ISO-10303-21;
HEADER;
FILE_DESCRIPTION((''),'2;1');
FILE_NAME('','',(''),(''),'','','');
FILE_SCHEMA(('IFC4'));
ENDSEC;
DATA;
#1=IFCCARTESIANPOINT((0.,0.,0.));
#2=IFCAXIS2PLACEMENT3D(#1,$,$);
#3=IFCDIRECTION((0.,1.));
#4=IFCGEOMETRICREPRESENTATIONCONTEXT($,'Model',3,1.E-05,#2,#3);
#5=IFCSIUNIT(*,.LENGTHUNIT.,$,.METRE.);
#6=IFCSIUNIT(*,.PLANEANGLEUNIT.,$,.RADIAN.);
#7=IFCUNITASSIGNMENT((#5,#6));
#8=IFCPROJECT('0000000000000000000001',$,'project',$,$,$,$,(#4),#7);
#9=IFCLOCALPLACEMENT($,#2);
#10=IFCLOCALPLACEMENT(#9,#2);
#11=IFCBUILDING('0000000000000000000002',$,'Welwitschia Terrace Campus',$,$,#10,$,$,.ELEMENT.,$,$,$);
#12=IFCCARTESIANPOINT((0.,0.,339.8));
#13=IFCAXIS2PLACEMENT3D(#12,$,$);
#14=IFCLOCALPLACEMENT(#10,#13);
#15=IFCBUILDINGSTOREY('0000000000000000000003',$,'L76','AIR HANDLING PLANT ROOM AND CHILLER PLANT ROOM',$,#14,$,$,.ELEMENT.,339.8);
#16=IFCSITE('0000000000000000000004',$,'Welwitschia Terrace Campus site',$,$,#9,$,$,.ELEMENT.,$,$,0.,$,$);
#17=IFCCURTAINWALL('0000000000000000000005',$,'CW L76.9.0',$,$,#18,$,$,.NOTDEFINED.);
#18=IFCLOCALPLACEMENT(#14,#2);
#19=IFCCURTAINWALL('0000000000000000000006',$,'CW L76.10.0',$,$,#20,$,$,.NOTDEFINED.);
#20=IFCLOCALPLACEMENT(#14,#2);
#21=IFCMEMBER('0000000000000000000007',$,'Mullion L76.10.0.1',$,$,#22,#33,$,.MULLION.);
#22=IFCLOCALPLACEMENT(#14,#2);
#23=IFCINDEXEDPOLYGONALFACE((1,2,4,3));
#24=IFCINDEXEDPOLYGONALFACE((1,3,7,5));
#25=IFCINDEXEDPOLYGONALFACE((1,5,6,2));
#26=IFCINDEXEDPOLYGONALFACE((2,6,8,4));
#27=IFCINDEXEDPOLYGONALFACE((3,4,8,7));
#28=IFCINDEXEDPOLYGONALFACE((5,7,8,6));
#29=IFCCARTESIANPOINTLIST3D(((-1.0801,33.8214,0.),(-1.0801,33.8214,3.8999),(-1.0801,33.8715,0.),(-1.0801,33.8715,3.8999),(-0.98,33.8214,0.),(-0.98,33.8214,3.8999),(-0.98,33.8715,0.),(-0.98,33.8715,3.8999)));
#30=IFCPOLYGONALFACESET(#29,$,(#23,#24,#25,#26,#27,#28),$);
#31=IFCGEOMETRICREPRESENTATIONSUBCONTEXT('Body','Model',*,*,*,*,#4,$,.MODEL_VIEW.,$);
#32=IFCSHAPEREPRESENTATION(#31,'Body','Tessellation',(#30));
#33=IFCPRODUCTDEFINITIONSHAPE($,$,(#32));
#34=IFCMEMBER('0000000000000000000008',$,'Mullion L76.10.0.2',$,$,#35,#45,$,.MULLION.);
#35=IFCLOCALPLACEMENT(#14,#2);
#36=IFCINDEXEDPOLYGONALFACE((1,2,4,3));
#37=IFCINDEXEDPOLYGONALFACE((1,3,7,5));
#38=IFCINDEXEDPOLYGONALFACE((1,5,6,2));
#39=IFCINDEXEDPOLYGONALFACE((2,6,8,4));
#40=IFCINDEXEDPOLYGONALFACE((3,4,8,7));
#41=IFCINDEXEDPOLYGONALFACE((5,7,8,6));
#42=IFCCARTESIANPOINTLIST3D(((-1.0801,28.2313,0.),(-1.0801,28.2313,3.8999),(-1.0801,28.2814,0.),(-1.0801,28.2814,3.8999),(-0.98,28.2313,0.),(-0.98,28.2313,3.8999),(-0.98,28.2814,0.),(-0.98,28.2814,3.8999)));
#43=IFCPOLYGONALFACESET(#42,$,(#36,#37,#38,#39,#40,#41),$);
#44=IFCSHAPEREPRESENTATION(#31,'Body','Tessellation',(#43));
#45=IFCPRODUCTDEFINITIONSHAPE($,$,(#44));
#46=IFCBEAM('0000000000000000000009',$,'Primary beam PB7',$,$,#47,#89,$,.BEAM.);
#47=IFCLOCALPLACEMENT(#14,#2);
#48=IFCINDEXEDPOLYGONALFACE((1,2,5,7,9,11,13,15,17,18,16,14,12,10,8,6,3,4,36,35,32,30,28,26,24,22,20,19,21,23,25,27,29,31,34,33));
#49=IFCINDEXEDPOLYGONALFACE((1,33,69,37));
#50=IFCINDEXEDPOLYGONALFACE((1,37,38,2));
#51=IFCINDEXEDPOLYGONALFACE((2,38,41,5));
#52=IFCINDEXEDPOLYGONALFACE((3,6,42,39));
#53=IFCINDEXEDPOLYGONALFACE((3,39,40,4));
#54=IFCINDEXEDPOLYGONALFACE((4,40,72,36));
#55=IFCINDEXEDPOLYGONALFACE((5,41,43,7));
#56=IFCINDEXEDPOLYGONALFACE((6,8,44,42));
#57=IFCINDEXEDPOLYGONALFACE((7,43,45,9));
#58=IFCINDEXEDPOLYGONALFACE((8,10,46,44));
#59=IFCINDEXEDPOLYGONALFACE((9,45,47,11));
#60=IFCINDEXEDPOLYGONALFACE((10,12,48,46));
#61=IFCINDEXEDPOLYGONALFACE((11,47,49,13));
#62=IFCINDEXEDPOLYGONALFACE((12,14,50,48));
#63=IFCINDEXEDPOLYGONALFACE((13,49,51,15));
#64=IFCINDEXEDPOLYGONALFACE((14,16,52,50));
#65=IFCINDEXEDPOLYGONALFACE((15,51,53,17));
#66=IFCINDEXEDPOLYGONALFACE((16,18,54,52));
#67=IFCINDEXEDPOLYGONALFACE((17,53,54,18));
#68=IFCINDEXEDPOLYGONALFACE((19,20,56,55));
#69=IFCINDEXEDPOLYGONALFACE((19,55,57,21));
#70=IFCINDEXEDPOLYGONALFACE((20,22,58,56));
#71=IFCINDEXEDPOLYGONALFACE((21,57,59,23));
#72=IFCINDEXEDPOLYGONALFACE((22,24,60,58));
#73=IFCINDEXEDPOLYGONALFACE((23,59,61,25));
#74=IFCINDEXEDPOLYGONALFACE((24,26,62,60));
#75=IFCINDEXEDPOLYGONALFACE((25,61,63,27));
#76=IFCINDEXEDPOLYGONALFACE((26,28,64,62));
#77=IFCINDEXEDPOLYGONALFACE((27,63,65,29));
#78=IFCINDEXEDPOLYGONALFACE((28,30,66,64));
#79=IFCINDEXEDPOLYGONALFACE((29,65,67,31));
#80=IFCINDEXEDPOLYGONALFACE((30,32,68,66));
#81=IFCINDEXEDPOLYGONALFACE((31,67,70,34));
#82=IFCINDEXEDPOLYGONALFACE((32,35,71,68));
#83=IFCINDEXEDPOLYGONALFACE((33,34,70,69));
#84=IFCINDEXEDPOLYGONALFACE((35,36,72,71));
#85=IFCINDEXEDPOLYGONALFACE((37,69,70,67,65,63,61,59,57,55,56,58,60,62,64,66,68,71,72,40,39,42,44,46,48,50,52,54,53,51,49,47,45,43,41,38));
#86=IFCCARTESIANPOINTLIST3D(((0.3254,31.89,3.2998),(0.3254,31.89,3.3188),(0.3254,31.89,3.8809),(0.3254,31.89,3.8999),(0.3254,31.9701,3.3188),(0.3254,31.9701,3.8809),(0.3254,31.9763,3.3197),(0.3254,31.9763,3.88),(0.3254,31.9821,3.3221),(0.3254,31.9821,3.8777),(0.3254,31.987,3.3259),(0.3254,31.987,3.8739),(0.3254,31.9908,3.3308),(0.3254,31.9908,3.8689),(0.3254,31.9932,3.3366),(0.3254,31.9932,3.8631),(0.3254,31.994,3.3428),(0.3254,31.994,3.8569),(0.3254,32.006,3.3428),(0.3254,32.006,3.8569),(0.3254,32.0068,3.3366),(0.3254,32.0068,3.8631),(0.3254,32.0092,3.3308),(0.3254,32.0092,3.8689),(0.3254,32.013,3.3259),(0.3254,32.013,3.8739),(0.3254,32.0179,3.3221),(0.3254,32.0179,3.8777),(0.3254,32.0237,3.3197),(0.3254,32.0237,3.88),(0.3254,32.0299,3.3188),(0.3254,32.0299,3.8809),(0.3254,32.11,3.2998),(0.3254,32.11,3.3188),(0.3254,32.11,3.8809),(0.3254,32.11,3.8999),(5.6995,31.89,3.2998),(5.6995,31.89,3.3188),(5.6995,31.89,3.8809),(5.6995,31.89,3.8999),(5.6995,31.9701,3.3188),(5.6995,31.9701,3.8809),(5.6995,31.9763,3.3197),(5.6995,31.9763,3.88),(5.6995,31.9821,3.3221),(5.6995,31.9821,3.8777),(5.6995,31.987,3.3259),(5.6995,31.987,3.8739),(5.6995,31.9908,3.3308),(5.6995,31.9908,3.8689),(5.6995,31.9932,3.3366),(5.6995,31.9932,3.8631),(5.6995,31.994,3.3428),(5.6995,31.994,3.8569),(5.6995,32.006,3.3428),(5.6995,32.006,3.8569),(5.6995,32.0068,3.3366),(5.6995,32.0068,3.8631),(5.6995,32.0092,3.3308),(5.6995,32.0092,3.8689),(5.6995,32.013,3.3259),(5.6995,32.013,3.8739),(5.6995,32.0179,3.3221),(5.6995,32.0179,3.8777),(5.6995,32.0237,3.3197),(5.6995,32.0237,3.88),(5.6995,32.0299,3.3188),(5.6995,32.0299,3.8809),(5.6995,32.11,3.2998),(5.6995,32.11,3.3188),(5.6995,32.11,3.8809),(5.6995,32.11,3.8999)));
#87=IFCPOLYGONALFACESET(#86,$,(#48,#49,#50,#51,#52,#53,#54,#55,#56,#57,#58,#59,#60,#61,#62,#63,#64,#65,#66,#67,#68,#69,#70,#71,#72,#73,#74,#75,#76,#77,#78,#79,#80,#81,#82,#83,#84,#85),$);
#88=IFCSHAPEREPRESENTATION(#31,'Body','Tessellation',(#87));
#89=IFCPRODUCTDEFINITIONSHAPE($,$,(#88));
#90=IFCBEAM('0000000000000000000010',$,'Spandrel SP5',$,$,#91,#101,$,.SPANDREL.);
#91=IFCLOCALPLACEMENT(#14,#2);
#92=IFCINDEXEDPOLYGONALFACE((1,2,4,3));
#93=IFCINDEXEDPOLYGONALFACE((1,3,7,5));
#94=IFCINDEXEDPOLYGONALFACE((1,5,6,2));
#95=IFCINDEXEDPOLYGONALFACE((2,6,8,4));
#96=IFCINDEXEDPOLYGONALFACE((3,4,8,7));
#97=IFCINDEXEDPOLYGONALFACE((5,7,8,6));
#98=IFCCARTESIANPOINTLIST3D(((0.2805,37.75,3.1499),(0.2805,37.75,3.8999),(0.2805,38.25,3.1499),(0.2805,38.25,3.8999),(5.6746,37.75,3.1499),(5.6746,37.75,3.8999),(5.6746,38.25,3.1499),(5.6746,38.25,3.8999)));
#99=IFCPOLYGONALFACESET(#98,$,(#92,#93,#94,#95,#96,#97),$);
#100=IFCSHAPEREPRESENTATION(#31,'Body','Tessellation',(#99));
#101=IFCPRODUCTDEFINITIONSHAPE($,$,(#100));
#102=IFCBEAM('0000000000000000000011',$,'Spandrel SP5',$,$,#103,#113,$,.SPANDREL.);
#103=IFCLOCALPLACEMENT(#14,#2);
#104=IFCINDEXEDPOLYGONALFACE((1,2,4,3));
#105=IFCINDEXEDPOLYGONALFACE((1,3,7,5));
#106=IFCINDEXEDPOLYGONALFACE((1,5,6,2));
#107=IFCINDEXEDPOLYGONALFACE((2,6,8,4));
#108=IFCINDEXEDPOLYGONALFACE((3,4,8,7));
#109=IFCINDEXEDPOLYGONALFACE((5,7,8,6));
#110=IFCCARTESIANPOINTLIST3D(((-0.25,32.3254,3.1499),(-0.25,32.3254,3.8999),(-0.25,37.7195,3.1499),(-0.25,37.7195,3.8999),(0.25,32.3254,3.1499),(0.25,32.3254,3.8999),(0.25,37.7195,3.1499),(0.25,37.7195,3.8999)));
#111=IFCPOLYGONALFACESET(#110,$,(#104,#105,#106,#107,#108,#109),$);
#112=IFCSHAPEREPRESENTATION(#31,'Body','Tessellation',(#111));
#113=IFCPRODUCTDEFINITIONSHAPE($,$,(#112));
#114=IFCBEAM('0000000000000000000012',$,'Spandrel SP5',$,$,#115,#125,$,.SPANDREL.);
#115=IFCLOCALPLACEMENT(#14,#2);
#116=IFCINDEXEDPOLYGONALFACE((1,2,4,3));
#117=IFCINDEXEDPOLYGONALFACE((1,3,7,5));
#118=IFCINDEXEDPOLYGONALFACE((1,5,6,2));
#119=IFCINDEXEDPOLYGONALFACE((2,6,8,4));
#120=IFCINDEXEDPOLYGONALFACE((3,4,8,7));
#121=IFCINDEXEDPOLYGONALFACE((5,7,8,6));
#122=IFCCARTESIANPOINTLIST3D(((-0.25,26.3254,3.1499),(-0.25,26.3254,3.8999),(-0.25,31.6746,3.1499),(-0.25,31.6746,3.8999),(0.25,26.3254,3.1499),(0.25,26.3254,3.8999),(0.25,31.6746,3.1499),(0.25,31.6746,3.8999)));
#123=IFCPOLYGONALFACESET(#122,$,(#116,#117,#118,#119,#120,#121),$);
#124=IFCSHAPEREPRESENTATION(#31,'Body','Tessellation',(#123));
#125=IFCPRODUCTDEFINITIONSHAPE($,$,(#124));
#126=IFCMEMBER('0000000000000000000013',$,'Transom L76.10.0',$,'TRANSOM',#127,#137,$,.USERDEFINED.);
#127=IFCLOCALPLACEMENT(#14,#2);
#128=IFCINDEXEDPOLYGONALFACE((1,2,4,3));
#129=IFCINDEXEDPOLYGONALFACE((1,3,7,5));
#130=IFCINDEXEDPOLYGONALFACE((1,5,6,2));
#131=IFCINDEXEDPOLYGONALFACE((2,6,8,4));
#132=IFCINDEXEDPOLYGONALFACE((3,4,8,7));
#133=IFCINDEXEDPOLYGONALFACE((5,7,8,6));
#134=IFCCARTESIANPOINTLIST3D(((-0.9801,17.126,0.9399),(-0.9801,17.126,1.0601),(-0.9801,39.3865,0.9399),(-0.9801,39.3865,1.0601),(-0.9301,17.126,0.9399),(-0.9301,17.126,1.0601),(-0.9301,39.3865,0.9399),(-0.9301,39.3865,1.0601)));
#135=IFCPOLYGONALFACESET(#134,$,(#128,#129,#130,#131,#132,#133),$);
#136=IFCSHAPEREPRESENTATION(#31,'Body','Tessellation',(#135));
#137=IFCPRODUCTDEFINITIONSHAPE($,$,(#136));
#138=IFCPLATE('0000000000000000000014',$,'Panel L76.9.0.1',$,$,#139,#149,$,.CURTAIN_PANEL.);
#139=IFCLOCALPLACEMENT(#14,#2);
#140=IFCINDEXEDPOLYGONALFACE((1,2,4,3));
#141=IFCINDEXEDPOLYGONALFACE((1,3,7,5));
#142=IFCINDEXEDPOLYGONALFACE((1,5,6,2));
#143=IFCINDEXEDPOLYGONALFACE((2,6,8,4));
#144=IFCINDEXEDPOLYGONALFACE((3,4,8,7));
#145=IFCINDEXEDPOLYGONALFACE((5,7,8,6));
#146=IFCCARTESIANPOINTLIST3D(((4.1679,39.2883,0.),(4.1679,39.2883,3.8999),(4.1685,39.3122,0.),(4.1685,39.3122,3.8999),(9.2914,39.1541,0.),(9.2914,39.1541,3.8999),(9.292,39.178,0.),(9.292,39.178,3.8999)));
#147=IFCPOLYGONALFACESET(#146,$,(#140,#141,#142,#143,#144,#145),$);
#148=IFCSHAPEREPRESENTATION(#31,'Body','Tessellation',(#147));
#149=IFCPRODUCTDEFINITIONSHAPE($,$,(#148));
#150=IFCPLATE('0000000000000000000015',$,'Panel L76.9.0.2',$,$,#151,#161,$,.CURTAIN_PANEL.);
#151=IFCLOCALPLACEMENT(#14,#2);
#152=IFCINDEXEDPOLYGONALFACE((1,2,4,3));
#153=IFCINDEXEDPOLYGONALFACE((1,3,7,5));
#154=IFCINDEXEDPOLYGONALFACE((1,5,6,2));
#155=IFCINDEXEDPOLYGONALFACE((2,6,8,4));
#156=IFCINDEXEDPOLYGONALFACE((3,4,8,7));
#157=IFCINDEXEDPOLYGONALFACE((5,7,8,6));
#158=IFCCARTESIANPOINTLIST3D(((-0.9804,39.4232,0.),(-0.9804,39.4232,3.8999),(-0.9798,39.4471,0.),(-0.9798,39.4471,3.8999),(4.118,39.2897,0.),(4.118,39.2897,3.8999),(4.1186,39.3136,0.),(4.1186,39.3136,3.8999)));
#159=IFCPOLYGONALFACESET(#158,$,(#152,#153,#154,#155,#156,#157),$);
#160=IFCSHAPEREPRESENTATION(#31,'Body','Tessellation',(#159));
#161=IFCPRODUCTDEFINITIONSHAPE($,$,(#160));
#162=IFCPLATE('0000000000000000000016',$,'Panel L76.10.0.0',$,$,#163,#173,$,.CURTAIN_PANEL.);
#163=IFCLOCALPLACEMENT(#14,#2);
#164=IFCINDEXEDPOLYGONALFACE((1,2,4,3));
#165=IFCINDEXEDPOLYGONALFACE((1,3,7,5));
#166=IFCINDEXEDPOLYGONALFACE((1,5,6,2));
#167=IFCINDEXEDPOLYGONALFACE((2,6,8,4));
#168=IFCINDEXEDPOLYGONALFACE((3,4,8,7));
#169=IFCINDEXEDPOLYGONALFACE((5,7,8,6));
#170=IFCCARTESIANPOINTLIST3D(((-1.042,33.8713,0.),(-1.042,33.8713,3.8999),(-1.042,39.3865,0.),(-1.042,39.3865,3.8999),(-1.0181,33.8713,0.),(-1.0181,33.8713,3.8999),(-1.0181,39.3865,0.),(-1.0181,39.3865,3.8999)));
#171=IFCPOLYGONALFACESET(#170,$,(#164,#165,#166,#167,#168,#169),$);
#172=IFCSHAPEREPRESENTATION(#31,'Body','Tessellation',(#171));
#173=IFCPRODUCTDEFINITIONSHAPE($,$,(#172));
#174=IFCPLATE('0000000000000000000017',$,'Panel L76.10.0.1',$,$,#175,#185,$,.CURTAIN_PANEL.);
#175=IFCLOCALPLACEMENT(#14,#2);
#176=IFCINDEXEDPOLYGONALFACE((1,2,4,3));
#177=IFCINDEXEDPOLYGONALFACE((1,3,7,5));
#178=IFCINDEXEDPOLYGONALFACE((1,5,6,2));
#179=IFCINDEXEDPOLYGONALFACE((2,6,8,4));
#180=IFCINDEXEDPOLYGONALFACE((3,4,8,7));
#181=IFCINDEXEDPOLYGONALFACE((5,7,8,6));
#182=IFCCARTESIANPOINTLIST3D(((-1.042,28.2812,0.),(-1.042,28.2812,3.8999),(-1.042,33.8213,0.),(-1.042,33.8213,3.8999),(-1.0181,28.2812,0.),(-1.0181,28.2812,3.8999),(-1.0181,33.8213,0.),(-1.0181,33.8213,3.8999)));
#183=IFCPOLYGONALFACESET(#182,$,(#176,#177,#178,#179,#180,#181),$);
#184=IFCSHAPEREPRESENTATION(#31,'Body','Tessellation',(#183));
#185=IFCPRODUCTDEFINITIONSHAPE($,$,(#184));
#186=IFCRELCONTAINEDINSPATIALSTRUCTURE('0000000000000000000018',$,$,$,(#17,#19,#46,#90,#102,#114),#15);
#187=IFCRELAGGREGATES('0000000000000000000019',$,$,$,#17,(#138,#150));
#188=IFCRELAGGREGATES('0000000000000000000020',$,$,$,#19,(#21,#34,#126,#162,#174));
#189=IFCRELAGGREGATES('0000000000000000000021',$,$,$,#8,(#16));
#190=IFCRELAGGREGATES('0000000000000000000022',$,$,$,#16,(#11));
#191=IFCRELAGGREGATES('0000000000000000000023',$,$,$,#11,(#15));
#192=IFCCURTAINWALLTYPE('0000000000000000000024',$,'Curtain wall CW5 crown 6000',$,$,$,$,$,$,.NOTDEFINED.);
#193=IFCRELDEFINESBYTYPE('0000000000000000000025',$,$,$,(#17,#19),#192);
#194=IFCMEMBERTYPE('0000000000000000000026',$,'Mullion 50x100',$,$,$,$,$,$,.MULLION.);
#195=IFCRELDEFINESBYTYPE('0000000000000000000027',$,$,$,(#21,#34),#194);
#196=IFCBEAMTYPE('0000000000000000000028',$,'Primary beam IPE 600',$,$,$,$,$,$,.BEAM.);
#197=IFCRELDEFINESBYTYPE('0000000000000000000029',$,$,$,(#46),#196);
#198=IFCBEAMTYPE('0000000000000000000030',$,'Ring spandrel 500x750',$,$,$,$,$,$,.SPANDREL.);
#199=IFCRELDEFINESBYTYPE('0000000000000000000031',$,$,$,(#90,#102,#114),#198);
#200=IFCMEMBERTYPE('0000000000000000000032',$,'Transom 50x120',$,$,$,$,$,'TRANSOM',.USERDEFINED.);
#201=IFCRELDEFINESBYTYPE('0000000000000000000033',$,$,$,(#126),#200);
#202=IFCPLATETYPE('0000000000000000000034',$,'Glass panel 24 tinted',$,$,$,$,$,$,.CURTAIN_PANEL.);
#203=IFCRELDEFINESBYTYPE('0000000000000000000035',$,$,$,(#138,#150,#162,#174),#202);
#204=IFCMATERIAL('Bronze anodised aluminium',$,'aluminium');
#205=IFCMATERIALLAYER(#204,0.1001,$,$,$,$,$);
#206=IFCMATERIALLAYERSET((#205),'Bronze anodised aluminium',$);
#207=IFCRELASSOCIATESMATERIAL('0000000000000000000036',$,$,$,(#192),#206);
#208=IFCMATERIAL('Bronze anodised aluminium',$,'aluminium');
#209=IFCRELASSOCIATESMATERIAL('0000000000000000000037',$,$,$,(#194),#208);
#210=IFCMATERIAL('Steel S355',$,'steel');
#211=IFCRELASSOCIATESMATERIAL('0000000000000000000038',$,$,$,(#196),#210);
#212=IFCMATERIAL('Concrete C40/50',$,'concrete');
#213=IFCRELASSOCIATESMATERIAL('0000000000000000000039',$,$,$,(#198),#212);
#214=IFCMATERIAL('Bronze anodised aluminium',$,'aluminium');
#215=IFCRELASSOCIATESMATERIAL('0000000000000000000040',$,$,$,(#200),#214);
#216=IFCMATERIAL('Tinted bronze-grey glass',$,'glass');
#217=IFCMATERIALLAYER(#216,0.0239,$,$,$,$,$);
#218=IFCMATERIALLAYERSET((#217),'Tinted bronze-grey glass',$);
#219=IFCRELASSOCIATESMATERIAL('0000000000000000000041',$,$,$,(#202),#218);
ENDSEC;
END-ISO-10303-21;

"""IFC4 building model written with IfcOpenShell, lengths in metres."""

from ifc_helpers import new_model, si_unit, direction, frame, origin, origin_2d, place, context, subcontext, project, spatial, rectangle, i_section, extrude, material, layer, layer_set, material_profile, profile_set, type_object, element, aggregate, save


model = new_model("IFC4")

# Units and contexts
model_context = context("Model", 3, precision=1e-05, world=origin(), true_north=direction((0.0, 1.0)))
body_context = subcontext(model_context, "Body", "Model", "MODEL_VIEW")
ifc_project = project(units=[si_unit("LENGTHUNIT", "METRE"), si_unit("PLANEANGLEUNIT", "RADIAN")], contexts=[model_context])

# Site, building, storey
site_placement = place(None, origin())
site = spatial("IfcSite", under=ifc_project, at=site_placement, Name="Welwitschia Terrace Campus site", CompositionType="ELEMENT", RefElevation=0.0)
building_placement = place(site_placement, origin())
building = spatial("IfcBuilding", under=site, at=building_placement, Name="Welwitschia Terrace Campus", CompositionType="ELEMENT")
storey_placement = place(building_placement, frame((0.0, 0.0, 339.8)))
storey = spatial("IfcBuildingStorey", under=building, at=storey_placement, Name="L76", Description="AIR HANDLING PLANT ROOM AND CHILLER PLANT ROOM", CompositionType="ELEMENT", Elevation=339.8)

# Curtain walls, members
ifc_material_1 = material(Name="Bronze anodised aluminium", Category="aluminium")
ifc_layer_1 = layer(ifc_material_1, 0.1001)
ifc_layer_set_1 = layer_set([ifc_layer_1], Name="Bronze anodised aluminium")
curtain_wall_type = type_object("IfcCurtainWallType", Name="Curtain wall CW5 crown 6000", PredefinedType="NOTDEFINED", material=ifc_layer_set_1)
curtain_wall_1_placement = place(storey_placement, origin())
curtain_wall_1 = element("IfcCurtainWall", 1, at=curtain_wall_1_placement, inside=storey, type_object=curtain_wall_type, Name="CW L76.9.0", PredefinedType="NOTDEFINED")
ifc_material_2 = material(Name="Bronze anodised aluminium", Category="aluminium")
ifc_material_profile_1 = material_profile(ifc_material_2, rectangle(XDim=0.1001, YDim=0.05, at=origin_2d()))
ifc_profile_set_1 = profile_set([ifc_material_profile_1], Name="Bronze anodised aluminium")
member_type_1 = type_object("IfcMemberType", Name="Mullion 50x100", PredefinedType="MULLION", material=ifc_profile_set_1)
curtain_wall_2_placement = place(storey_placement, origin())
curtain_wall_2 = element("IfcCurtainWall", 2, at=curtain_wall_2_placement, inside=storey, type_object=curtain_wall_type, Name="CW L76.10.0", PredefinedType="NOTDEFINED")
member_1_placement = place(storey_placement, frame((-1.03, 33.8464, 0.0), z_axis=(0.0, 0.0, 1.0), x_axis=(1.0, 0.0, 0.0)))
member_1 = element("IfcMember", 3, at=member_1_placement, type_object=member_type_1, Name="Mullion L76.10.0.1", PredefinedType="MULLION", context=body_context, shape_type="SweptSolid", body=[
    extrude(rectangle(XDim=0.1001, YDim=0.05, at=origin_2d()), origin(), (0.0, 0.0, 1.0), 3.8999),
])
member_2_placement = place(storey_placement, frame((-1.03, 28.2563, 0.0), z_axis=(0.0, 0.0, 1.0), x_axis=(1.0, 0.0, 0.0)))
member_2 = element("IfcMember", 4, at=member_2_placement, type_object=member_type_1, Name="Mullion L76.10.0.2", PredefinedType="MULLION", context=body_context, shape_type="SweptSolid", body=[
    extrude(rectangle(XDim=0.1001, YDim=0.05, at=origin_2d()), origin(), (0.0, 0.0, 1.0), 3.8999),
])

# Beams
ifc_material_3 = material(Name="Steel S355", Category="steel")
ifc_material_profile_2 = material_profile(ifc_material_3, i_section(OverallWidth=0.22, OverallDepth=0.6001, WebThickness=0.012, FlangeThickness=0.019, FilletRadius=0.0239, at=origin_2d()))
ifc_profile_set_2 = profile_set([ifc_material_profile_2], Name="Steel S355")
beam_type_1 = type_object("IfcBeamType", Name="Primary beam IPE 600", PredefinedType="BEAM", material=ifc_profile_set_2)
beam_1_placement = place(storey_placement, frame((0.3254, 32.0, 3.5999), z_axis=(1.0, 0.0, 0.0), x_axis=(0.0, 1.0, 0.0)))
element("IfcBeam", 5, at=beam_1_placement, inside=storey, type_object=beam_type_1, Name="Primary beam PB7", PredefinedType="BEAM", context=body_context, shape_type="SweptSolid", body=[
    extrude(i_section(OverallWidth=0.22, OverallDepth=0.6001, WebThickness=0.012, FlangeThickness=0.019, FilletRadius=0.0239, at=origin_2d()), origin(), (0.0, 0.0, 1.0), 5.374),
])
ifc_material_4 = material(Name="Concrete C40/50", Category="concrete")
ifc_material_profile_3 = material_profile(ifc_material_4, rectangle(XDim=0.5, YDim=0.75, at=origin_2d()))
ifc_profile_set_3 = profile_set([ifc_material_profile_3], Name="Concrete C40/50")
beam_type_2 = type_object("IfcBeamType", Name="Ring spandrel 500x750", PredefinedType="SPANDREL", material=ifc_profile_set_3)
for number, where, z_axis, x_axis, name in (
    (6, (5.6746, 38.0, 3.5249), (-1.0, 0.0, 0.0), (0.0, -1.0, 0.0), "Spandrel SP5"),
    (7, (0.0, 37.7195, 3.5249), (0.0, -1.0, 0.0), (1.0, 0.0, 0.0), "Spandrel SP5"),
):
    element("IfcBeam", number, at=place(storey_placement, frame(where, z_axis=z_axis, x_axis=x_axis)), inside=storey, type_object=beam_type_2, Name=name, PredefinedType="SPANDREL", context=body_context, shape_type="SweptSolid", body=[
        extrude(rectangle(XDim=0.5, YDim=0.75, at=origin_2d()), origin(), (0.0, 0.0, 1.0), 5.394),
    ])
beam_2_placement = place(storey_placement, frame((0.0, 31.6746, 3.5249), z_axis=(0.0, -1.0, 0.0), x_axis=(1.0, 0.0, 0.0)))
element("IfcBeam", 8, at=beam_2_placement, inside=storey, type_object=beam_type_2, Name="Spandrel SP5", PredefinedType="SPANDREL", context=body_context, shape_type="SweptSolid", body=[
    extrude(rectangle(XDim=0.5, YDim=0.75, at=origin_2d()), origin(), (0.0, 0.0, 1.0), 5.3491),
])

# Member
ifc_material_5 = material(Name="Bronze anodised aluminium", Category="aluminium")
ifc_material_profile_4 = material_profile(ifc_material_5, rectangle(XDim=0.05, YDim=0.1201, at=origin_2d()))
ifc_profile_set_4 = profile_set([ifc_material_profile_4], Name="Bronze anodised aluminium")
member_type_2 = type_object("IfcMemberType", Name="Transom 50x120", ElementType="TRANSOM", PredefinedType="USERDEFINED", material=ifc_profile_set_4)
member_3_placement = place(storey_placement, frame((-0.9551, 39.3865, 1.0), z_axis=(0.0, -1.0, 0.0), x_axis=(1.0, 0.0, 0.0)))
member_3 = element("IfcMember", 9, at=member_3_placement, type_object=member_type_2, Name="Transom L76.10.0", ObjectType="TRANSOM", PredefinedType="USERDEFINED", context=body_context, shape_type="SweptSolid", body=[
    extrude(rectangle(XDim=0.05, YDim=0.1201, at=origin_2d()), origin(), (0.0, 0.0, 1.0), 22.2605),
])

# Plates
ifc_material_6 = material(Name="Tinted bronze-grey glass", Category="glass")
ifc_layer_2 = layer(ifc_material_6, 0.0239)
ifc_layer_set_2 = layer_set([ifc_layer_2], Name="Tinted bronze-grey glass")
plate_type = type_object("IfcPlateType", Name="Glass panel 24 tinted", PredefinedType="CURTAIN_PANEL", material=ifc_layer_set_2)
plate_1_placement = place(storey_placement, frame((6.73, 39.2332, 0.0), z_axis=(0.0, 0.0, 1.0), x_axis=(-0.999657, 0.026177, 0.0)))
plate_1 = element("IfcPlate", 10, at=plate_1_placement, type_object=plate_type, Name="Panel L76.9.0.1", PredefinedType="CURTAIN_PANEL", context=body_context, shape_type="SweptSolid", body=[
    extrude(rectangle(XDim=5.1252, YDim=0.0239, at=origin_2d()), origin(), (0.0, 0.0, 1.0), 3.8999),
])
plate_2_placement = place(storey_placement, frame((1.5691, 39.3684, 0.0), z_axis=(0.0, 0.0, 1.0), x_axis=(-0.999657, 0.026177, 0.0)))
plate_2 = element("IfcPlate", 11, at=plate_2_placement, type_object=plate_type, Name="Panel L76.9.0.2", PredefinedType="CURTAIN_PANEL", context=body_context, shape_type="SweptSolid", body=[
    extrude(rectangle(XDim=5.1001, YDim=0.0239, at=origin_2d()), origin(), (0.0, 0.0, 1.0), 3.8999),
])
aggregate(curtain_wall_1, [plate_1, plate_2])
plate_3_placement = place(storey_placement, frame((-1.03, 36.6289, 0.0), z_axis=(0.0, 0.0, 1.0), x_axis=(0.0, -1.0, 0.0)))
plate_3 = element("IfcPlate", 12, at=plate_3_placement, type_object=plate_type, Name="Panel L76.10.0.0", PredefinedType="CURTAIN_PANEL", context=body_context, shape_type="SweptSolid", body=[
    extrude(rectangle(XDim=5.5151, YDim=0.0239, at=origin_2d()), origin(), (0.0, 0.0, 1.0), 3.8999),
])
plate_4_placement = place(storey_placement, frame((-1.03, 31.0513, 0.0), z_axis=(0.0, 0.0, 1.0), x_axis=(0.0, -1.0, 0.0)))
plate_4 = element("IfcPlate", 13, at=plate_4_placement, type_object=plate_type, Name="Panel L76.10.0.1", PredefinedType="CURTAIN_PANEL", context=body_context, shape_type="SweptSolid", body=[
    extrude(rectangle(XDim=5.54, YDim=0.0239, at=origin_2d()), origin(), (0.0, 0.0, 1.0), 3.8999),
])
aggregate(curtain_wall_2, [member_1, member_2, member_3, plate_3, plate_4])

save(model, "model.ifc")
